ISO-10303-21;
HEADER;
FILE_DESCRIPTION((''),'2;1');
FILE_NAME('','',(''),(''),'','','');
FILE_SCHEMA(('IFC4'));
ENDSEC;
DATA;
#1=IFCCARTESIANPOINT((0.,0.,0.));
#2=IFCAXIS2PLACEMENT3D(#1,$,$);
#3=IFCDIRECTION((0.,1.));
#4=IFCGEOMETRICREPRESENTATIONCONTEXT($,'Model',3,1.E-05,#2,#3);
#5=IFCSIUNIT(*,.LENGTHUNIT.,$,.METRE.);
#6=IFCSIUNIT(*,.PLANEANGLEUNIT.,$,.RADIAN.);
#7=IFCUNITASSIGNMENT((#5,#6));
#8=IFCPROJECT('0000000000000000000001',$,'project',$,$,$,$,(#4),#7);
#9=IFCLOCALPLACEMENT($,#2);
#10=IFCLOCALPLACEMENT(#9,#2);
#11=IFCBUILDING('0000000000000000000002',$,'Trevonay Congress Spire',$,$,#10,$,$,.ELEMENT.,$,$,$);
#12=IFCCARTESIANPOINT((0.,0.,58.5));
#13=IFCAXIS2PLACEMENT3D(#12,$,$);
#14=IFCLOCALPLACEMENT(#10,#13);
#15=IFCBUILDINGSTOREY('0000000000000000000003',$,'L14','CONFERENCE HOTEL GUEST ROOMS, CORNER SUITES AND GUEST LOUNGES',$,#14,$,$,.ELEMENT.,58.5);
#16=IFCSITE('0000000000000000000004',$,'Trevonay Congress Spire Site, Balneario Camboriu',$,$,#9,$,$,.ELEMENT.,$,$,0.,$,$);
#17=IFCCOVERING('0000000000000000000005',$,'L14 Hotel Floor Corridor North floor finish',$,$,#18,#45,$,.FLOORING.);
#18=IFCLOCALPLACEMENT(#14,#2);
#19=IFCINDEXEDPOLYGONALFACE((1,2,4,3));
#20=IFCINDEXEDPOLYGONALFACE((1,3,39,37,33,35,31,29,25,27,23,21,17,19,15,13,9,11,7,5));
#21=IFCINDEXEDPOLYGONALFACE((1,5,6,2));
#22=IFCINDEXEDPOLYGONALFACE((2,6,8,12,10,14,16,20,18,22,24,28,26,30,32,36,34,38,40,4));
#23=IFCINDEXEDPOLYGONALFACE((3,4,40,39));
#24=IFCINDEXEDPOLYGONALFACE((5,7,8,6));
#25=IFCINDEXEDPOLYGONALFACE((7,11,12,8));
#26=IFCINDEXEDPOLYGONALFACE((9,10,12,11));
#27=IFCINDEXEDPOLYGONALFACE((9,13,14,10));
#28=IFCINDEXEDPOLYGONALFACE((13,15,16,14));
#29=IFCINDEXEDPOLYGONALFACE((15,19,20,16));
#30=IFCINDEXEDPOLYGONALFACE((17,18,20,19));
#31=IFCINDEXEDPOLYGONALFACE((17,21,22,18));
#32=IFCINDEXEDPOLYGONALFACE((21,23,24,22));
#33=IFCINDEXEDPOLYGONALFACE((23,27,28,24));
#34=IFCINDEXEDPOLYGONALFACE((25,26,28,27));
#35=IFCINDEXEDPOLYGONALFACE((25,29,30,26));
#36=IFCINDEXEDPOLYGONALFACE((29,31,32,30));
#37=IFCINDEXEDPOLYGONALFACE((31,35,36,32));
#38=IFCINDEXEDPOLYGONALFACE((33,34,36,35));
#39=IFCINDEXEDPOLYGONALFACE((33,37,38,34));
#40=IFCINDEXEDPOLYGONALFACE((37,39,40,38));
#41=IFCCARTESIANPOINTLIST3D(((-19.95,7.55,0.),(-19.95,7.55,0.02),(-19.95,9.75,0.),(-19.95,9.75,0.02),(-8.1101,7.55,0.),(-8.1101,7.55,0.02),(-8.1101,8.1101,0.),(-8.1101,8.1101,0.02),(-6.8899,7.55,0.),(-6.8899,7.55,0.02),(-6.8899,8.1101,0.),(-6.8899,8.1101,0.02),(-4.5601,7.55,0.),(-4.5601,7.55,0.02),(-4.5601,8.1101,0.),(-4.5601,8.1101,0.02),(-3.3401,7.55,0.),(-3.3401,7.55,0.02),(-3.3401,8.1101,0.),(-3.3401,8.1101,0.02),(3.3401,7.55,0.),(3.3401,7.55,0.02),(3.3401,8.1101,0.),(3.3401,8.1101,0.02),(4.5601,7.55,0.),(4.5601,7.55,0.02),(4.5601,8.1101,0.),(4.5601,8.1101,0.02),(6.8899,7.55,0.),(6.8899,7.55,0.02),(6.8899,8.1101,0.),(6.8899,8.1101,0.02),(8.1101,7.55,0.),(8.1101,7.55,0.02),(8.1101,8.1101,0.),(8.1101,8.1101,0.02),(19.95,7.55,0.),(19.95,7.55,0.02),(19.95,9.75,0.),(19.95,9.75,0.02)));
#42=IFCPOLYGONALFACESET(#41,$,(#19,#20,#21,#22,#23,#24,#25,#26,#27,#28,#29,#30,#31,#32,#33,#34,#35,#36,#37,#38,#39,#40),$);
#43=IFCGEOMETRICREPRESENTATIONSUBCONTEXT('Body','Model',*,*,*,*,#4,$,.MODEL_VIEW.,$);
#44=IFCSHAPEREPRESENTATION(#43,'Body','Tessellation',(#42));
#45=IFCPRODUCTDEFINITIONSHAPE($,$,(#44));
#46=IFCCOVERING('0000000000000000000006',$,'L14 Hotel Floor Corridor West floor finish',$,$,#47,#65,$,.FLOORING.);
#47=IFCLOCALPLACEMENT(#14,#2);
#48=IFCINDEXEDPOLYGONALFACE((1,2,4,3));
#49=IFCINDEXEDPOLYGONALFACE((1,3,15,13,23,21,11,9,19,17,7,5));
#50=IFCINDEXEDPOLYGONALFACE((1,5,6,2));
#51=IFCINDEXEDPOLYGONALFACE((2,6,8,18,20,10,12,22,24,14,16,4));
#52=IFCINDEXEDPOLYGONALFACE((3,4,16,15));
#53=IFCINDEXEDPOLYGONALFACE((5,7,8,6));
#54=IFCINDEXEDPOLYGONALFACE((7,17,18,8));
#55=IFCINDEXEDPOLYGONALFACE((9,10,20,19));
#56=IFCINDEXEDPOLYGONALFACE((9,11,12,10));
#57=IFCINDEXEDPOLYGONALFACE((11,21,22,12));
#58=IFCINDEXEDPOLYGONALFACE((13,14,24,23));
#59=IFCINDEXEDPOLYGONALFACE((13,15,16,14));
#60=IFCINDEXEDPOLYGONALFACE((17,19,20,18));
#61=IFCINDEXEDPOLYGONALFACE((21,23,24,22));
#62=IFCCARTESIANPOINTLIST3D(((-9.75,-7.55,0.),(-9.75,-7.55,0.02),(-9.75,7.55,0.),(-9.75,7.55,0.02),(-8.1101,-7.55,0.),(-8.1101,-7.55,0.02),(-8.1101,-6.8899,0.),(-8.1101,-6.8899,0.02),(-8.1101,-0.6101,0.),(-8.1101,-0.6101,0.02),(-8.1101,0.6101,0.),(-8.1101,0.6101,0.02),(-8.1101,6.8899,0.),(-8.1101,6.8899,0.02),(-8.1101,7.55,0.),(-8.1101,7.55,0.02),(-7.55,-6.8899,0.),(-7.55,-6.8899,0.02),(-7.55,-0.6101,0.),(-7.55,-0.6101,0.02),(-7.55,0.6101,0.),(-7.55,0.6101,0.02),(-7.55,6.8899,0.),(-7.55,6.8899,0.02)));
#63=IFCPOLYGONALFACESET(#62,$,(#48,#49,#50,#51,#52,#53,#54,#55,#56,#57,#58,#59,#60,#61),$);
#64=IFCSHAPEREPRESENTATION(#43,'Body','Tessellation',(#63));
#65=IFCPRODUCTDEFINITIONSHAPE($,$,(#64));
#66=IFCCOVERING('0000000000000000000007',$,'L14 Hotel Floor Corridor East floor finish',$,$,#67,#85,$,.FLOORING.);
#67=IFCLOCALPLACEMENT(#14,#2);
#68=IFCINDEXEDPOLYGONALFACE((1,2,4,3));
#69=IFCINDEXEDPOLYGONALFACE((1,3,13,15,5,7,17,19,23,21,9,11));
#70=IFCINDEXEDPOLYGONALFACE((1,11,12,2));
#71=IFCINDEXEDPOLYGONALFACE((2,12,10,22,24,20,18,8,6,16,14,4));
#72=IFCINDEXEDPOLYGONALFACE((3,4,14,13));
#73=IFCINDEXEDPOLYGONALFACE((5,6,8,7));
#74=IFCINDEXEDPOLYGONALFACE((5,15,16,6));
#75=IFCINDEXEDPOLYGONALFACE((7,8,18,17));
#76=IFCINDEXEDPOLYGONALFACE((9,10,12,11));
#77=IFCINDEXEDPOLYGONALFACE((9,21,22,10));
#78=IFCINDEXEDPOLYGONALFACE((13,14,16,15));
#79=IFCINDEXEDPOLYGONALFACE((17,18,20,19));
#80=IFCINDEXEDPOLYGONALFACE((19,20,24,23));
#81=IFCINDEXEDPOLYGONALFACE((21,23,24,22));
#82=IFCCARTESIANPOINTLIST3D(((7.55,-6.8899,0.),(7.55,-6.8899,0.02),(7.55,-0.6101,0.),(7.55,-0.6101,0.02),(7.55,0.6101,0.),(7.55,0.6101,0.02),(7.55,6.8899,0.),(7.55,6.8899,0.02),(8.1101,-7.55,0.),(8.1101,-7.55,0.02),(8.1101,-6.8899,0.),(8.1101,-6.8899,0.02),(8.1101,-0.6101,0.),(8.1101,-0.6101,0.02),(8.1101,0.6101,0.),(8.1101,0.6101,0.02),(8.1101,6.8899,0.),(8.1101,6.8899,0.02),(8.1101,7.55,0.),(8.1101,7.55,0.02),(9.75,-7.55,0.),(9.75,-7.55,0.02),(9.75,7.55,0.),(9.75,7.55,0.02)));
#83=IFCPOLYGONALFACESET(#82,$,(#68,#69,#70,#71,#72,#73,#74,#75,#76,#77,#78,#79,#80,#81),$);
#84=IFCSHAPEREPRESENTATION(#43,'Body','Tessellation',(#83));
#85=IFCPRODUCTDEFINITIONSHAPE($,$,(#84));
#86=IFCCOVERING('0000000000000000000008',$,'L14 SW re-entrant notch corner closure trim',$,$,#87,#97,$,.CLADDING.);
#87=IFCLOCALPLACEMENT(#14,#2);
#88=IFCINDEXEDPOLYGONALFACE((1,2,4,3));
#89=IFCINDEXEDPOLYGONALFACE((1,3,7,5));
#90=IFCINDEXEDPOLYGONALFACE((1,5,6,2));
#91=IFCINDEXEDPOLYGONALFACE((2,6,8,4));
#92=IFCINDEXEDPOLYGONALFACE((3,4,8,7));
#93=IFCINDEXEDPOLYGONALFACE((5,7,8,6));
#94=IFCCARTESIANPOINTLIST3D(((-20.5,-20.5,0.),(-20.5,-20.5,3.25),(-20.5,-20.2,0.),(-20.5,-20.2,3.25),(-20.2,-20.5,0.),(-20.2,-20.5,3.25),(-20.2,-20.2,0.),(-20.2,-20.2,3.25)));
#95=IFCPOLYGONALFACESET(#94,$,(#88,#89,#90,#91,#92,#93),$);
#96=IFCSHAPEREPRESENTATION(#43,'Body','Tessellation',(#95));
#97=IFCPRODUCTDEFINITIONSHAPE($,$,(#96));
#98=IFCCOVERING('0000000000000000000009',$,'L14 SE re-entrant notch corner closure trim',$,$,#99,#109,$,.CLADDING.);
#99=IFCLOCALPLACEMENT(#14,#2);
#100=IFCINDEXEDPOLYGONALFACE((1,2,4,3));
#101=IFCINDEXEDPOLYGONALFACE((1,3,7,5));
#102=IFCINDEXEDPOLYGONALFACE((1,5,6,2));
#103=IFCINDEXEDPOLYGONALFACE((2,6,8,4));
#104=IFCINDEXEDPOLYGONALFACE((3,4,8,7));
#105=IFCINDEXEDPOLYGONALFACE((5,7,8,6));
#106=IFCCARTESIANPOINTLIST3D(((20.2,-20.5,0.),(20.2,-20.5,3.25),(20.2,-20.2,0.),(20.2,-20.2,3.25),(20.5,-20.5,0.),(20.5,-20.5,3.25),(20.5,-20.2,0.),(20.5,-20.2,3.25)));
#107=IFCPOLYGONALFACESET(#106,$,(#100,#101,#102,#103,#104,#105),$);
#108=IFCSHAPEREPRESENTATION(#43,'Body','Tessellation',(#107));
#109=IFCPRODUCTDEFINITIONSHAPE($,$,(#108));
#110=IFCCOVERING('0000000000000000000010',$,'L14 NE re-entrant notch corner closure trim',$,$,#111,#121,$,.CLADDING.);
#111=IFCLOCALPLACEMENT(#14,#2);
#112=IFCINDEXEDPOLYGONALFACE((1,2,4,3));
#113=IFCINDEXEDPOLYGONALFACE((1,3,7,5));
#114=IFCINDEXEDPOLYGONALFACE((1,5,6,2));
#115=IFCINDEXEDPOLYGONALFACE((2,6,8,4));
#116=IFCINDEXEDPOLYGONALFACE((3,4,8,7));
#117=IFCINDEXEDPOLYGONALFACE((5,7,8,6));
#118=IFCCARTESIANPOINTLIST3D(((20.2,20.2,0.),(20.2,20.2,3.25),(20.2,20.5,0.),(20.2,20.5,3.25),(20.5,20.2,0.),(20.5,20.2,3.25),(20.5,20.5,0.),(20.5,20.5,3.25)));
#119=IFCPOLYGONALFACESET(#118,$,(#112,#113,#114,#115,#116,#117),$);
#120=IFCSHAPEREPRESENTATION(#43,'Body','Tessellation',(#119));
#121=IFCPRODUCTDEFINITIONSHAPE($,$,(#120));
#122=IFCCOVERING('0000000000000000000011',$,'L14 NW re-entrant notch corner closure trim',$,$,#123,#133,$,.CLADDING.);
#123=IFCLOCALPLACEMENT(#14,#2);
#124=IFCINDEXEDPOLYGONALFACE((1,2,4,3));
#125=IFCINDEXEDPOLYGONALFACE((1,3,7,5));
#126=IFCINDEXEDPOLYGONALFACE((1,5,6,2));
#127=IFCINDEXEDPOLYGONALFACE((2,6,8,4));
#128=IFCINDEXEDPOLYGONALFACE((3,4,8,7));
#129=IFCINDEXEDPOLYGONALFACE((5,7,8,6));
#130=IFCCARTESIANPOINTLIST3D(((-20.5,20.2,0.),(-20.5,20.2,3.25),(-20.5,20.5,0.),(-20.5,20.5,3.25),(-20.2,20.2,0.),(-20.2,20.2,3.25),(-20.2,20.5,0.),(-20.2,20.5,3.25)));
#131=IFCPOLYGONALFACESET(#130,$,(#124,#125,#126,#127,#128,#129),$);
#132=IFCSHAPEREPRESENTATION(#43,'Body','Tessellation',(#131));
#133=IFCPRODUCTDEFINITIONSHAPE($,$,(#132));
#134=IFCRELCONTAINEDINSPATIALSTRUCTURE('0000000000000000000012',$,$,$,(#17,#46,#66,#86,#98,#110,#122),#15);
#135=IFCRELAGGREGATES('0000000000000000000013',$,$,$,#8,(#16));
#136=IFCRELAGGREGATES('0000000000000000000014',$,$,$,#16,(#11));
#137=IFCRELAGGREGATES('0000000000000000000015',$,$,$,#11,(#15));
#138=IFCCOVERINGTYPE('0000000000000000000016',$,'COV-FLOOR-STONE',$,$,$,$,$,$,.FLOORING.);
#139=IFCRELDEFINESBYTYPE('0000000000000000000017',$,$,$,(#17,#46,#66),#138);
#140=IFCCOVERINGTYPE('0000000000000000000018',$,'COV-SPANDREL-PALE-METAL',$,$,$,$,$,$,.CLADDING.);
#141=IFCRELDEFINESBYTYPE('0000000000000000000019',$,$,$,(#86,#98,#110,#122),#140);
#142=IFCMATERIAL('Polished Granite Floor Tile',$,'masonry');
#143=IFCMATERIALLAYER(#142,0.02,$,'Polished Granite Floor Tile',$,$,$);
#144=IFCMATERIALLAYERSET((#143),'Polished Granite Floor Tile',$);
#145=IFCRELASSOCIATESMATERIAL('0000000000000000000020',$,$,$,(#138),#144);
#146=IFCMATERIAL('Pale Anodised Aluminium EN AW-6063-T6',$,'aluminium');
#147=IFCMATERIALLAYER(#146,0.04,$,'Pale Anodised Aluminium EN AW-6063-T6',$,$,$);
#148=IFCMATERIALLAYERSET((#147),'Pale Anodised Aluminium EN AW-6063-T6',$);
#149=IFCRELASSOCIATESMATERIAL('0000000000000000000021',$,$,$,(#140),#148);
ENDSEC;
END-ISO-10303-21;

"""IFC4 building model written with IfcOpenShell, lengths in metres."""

from ifc_helpers import new_model, si_unit, direction, frame, origin, place, context, subcontext, project, spatial, polyline, outline, extrude, material, layer, layer_set, type_object, element, save


model = new_model("IFC4")

# Units and contexts
model_context = context("Model", 3, precision=1e-05, world=origin(), true_north=direction((0.0, 1.0)))
body_context = subcontext(model_context, "Body", "Model", "MODEL_VIEW")
ifc_project = project(units=[si_unit("LENGTHUNIT", "METRE"), si_unit("PLANEANGLEUNIT", "RADIAN")], contexts=[model_context])

# Site, building, storey
site_placement = place(None, origin())
site = spatial("IfcSite", under=ifc_project, at=site_placement, Name="Trevonay Congress Spire Site, Balneario Camboriu", CompositionType="ELEMENT", RefElevation=0.0)
building_placement = place(site_placement, origin())
building = spatial("IfcBuilding", under=site, at=building_placement, Name="Trevonay Congress Spire", CompositionType="ELEMENT")
storey_placement = place(building_placement, frame((0.0, 0.0, 58.5)))
storey = spatial("IfcBuildingStorey", under=building, at=storey_placement, Name="L14", Description="CONFERENCE HOTEL GUEST ROOMS, CORNER SUITES AND GUEST LOUNGES", CompositionType="ELEMENT", Elevation=58.5)

# Shared definitions
ifc_material_1 = material(Name="Pale Anodised Aluminium EN AW-6063-T6", Category="aluminium")

# Coverings
ifc_material_2 = material(Name="Polished Granite Floor Tile", Category="masonry")
ifc_layer_1 = layer(ifc_material_2, 0.02, Name="Polished Granite Floor Tile")
ifc_layer_set_1 = layer_set([ifc_layer_1], Name="Polished Granite Floor Tile")
covering_type_1 = type_object("IfcCoveringType", Name="COV-FLOOR-STONE", PredefinedType="FLOORING", material=ifc_layer_set_1)
covering_1_placement = place(storey_placement, origin())
element("IfcCovering", 1, at=covering_1_placement, inside=storey, type_object=covering_type_1, Name="L14 Hotel Floor Corridor North floor finish", PredefinedType="FLOORING", context=body_context, shape_type="SweptSolid", body=[
    extrude(outline(polyline([(-19.95, 7.55), (-19.95, 9.75), (19.95, 9.75), (19.95, 7.55), (8.1101, 7.55), (8.1101, 8.1101), (6.8899, 8.1101), (6.8899, 7.55), (4.5601, 7.55), (4.5601, 8.1101), (3.3401, 8.1101), (3.3401, 7.55), (-3.3401, 7.55), (-3.3401, 8.1101), (-4.5601, 8.1101), (-4.5601, 7.55), (-6.8899, 7.55), (-6.8899, 8.1101), (-8.1101, 8.1101), (-8.1101, 7.55), (-19.95, 7.55)])), origin(), (0.0, 0.0, 1.0), 0.02),
])
covering_2_placement = place(storey_placement, origin())
element("IfcCovering", 2, at=covering_2_placement, inside=storey, type_object=covering_type_1, Name="L14 Hotel Floor Corridor West floor finish", PredefinedType="FLOORING", context=body_context, shape_type="SweptSolid", body=[
    extrude(outline(polyline([(-9.75, 7.55), (-8.1101, 7.55), (-8.1101, 6.8899), (-7.55, 6.8899), (-7.55, 0.6101), (-8.1101, 0.6101), (-8.1101, -0.6101), (-7.55, -0.6101), (-7.55, -6.8899), (-8.1101, -6.8899), (-8.1101, -7.55), (-9.75, -7.55), (-9.75, 7.55)])), origin(), (0.0, 0.0, 1.0), 0.02),
])
covering_3_placement = place(storey_placement, origin())
element("IfcCovering", 3, at=covering_3_placement, inside=storey, type_object=covering_type_1, Name="L14 Hotel Floor Corridor East floor finish", PredefinedType="FLOORING", context=body_context, shape_type="SweptSolid", body=[
    extrude(outline(polyline([(9.75, -7.55), (8.1101, -7.55), (8.1101, -6.8899), (7.55, -6.8899), (7.55, -0.6101), (8.1101, -0.6101), (8.1101, 0.6101), (7.55, 0.6101), (7.55, 6.8899), (8.1101, 6.8899), (8.1101, 7.55), (9.75, 7.55), (9.75, -7.55)])), origin(), (0.0, 0.0, 1.0), 0.02),
])
ifc_layer_2 = layer(ifc_material_1, 0.04, Name="Pale Anodised Aluminium EN AW-6063-T6")
ifc_layer_set_2 = layer_set([ifc_layer_2], Name="Pale Anodised Aluminium EN AW-6063-T6")
covering_type_2 = type_object("IfcCoveringType", Name="COV-SPANDREL-PALE-METAL", PredefinedType="CLADDING", material=ifc_layer_set_2)
covering_4_placement = place(storey_placement, origin())
element("IfcCovering", 4, at=covering_4_placement, inside=storey, type_object=covering_type_2, Name="L14 SW re-entrant notch corner closure trim", PredefinedType="CLADDING", context=body_context, shape_type="SweptSolid", body=[
    extrude(outline(polyline([(-20.5, -20.5), (-20.2, -20.5), (-20.2, -20.2), (-20.5, -20.2), (-20.5, -20.5)])), origin(), (0.0, 0.0, 1.0), 3.25),
])
covering_5_placement = place(storey_placement, origin())
element("IfcCovering", 5, at=covering_5_placement, inside=storey, type_object=covering_type_2, Name="L14 SE re-entrant notch corner closure trim", PredefinedType="CLADDING", context=body_context, shape_type="SweptSolid", body=[
    extrude(outline(polyline([(20.2, -20.5), (20.5, -20.5), (20.5, -20.2), (20.2, -20.2), (20.2, -20.5)])), origin(), (0.0, 0.0, 1.0), 3.25),
])
covering_6_placement = place(storey_placement, origin())
element("IfcCovering", 6, at=covering_6_placement, inside=storey, type_object=covering_type_2, Name="L14 NE re-entrant notch corner closure trim", PredefinedType="CLADDING", context=body_context, shape_type="SweptSolid", body=[
    extrude(outline(polyline([(20.2, 20.2), (20.5, 20.2), (20.5, 20.5), (20.2, 20.5), (20.2, 20.2)])), origin(), (0.0, 0.0, 1.0), 3.25),
])
covering_7_placement = place(storey_placement, origin())
element("IfcCovering", 7, at=covering_7_placement, inside=storey, type_object=covering_type_2, Name="L14 NW re-entrant notch corner closure trim", PredefinedType="CLADDING", context=body_context, shape_type="SweptSolid", body=[
    extrude(outline(polyline([(-20.5, 20.2), (-20.2, 20.2), (-20.2, 20.5), (-20.5, 20.5), (-20.5, 20.2)])), origin(), (0.0, 0.0, 1.0), 3.25),
])

save(model, "model.ifc")
